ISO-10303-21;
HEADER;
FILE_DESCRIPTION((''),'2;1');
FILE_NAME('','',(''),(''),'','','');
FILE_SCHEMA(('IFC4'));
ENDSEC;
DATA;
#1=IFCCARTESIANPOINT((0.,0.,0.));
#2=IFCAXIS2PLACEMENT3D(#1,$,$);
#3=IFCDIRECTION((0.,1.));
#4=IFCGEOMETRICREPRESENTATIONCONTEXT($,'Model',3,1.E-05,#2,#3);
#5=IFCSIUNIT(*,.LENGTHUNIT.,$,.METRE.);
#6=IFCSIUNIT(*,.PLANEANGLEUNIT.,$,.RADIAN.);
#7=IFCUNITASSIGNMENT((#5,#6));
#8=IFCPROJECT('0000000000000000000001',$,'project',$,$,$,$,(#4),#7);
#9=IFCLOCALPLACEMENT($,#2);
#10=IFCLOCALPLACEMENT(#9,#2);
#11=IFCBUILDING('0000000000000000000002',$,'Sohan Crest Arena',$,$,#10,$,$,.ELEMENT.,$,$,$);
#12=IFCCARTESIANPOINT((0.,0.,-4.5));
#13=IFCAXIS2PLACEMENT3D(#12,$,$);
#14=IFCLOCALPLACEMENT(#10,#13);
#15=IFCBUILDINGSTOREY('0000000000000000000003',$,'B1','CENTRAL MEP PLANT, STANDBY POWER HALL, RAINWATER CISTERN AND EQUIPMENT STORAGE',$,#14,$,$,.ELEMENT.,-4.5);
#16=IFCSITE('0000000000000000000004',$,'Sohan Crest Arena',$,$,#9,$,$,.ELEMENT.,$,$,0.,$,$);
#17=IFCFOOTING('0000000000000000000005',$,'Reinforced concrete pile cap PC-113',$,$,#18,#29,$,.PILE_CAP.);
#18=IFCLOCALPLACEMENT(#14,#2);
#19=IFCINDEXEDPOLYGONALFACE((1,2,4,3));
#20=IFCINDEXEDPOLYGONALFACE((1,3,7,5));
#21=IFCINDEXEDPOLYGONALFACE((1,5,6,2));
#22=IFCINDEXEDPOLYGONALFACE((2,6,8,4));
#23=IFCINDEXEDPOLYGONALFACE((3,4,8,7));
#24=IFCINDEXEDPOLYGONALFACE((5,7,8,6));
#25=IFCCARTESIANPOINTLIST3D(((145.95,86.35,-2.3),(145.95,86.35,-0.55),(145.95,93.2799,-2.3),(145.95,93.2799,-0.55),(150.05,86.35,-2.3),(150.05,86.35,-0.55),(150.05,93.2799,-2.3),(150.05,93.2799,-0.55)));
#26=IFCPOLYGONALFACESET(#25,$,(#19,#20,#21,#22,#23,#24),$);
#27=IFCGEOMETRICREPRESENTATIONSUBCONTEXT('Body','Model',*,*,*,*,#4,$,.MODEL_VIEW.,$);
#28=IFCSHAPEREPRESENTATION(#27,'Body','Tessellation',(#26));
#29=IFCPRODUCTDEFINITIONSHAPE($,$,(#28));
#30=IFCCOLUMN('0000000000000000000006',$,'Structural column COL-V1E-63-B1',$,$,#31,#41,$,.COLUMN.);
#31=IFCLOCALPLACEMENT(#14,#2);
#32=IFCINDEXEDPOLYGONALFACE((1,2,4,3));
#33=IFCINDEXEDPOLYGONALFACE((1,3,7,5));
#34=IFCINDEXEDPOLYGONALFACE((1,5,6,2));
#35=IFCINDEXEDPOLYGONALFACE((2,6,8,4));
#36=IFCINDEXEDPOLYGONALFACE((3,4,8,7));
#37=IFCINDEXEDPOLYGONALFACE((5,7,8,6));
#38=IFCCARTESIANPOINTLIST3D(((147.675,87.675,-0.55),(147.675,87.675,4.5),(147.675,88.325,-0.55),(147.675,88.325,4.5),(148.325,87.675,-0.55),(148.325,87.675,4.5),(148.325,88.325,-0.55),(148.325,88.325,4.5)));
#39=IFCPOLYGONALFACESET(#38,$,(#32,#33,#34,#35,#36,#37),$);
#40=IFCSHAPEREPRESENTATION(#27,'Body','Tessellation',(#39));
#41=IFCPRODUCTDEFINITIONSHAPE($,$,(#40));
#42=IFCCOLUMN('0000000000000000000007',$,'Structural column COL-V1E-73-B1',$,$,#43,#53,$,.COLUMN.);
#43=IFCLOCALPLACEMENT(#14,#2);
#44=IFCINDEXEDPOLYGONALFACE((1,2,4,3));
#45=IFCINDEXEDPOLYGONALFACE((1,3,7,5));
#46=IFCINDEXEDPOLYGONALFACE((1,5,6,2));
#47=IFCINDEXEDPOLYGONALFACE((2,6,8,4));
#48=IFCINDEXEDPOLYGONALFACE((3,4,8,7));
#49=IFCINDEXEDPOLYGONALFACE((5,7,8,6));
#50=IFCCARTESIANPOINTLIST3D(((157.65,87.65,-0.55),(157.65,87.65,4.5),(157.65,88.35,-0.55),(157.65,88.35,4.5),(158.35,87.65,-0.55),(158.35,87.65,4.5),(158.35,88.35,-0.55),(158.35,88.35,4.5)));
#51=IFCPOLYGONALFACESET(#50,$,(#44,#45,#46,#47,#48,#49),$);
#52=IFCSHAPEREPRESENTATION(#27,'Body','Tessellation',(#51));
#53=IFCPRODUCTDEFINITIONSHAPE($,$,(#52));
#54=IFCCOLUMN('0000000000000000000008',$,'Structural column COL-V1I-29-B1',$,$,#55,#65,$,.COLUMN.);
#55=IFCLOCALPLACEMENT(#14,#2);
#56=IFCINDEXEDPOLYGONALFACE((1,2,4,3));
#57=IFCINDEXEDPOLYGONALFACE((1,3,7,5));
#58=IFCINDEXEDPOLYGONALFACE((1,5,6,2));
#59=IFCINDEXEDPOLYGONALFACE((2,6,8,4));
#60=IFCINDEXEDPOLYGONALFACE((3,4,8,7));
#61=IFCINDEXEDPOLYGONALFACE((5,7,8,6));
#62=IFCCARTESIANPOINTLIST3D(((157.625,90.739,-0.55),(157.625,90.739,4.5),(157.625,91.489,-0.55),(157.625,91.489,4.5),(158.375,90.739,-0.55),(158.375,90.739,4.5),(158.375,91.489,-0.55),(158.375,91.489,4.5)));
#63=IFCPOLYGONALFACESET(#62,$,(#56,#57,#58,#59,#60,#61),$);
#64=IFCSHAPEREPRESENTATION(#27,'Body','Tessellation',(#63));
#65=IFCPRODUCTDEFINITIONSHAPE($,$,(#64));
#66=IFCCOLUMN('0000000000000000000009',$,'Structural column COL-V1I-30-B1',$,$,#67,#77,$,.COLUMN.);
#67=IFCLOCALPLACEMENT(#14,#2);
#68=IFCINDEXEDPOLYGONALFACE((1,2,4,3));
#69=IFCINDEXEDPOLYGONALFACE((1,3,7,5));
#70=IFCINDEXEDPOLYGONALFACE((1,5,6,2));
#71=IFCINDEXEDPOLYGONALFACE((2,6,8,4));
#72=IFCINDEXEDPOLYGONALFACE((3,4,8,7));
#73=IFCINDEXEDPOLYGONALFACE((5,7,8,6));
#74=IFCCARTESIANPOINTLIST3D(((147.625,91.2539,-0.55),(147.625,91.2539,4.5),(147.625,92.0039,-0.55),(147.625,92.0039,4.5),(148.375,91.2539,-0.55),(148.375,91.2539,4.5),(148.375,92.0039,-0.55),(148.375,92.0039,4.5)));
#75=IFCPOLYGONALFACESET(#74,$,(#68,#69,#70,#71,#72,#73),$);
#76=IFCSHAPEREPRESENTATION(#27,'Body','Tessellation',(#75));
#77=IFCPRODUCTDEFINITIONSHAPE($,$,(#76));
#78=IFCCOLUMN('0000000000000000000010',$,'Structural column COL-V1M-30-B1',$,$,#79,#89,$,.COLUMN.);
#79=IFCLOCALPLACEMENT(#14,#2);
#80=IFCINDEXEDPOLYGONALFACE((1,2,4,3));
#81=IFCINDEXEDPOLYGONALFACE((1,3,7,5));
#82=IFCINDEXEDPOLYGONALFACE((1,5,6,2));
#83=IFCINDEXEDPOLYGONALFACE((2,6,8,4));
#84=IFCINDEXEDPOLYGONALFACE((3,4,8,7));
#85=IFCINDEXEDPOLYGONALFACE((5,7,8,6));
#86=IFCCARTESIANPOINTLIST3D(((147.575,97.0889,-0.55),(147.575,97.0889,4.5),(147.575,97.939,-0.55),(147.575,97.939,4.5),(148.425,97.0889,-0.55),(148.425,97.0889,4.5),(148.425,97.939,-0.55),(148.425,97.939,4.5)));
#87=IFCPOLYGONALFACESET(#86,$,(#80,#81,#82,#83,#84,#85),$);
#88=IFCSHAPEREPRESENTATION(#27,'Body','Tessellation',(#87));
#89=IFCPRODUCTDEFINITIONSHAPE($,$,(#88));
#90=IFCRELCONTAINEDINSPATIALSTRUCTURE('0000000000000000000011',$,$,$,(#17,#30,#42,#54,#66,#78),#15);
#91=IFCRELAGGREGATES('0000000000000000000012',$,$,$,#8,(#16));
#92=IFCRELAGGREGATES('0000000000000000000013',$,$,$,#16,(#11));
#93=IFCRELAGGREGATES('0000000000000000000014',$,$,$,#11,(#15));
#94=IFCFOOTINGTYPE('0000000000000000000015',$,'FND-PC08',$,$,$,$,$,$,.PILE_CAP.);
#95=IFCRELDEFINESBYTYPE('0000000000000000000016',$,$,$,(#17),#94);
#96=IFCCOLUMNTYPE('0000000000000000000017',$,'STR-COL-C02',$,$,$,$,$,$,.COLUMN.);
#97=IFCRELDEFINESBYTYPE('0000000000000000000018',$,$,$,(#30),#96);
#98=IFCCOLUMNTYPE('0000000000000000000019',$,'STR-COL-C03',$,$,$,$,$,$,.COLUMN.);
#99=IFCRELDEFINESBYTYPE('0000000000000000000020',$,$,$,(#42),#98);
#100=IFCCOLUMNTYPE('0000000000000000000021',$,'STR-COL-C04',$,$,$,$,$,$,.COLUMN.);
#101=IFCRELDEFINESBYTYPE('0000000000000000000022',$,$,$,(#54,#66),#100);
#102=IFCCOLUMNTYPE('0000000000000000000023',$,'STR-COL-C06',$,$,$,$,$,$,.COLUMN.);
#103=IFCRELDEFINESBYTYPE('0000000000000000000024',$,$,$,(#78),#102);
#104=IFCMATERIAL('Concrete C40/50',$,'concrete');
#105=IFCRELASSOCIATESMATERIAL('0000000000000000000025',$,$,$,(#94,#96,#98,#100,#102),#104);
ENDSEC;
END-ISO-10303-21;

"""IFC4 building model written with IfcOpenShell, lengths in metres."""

from ifc_helpers import new_model, si_unit, direction, frame, origin, origin_2d, place, context, subcontext, project, spatial, rectangle, extrude, material, material_profile, profile_set, type_object, element, save


model = new_model("IFC4")

# Units and contexts
model_context = context("Model", 3, precision=1e-05, world=origin(), true_north=direction((0.0, 1.0)))
body_context = subcontext(model_context, "Body", "Model", "MODEL_VIEW")
ifc_project = project(units=[si_unit("LENGTHUNIT", "METRE"), si_unit("PLANEANGLEUNIT", "RADIAN")], contexts=[model_context])

# Site, building, storey
site_placement = place(None, origin())
site = spatial("IfcSite", under=ifc_project, at=site_placement, Name="Sohan Crest Arena", CompositionType="ELEMENT", RefElevation=0.0)
building_placement = place(site_placement, origin())
building = spatial("IfcBuilding", under=site, at=building_placement, Name="Sohan Crest Arena", CompositionType="ELEMENT")
storey_placement = place(building_placement, frame((0.0, 0.0, -4.5)))
storey = spatial("IfcBuildingStorey", under=building, at=storey_placement, Name="B1", Description="CENTRAL MEP PLANT, STANDBY POWER HALL, RAINWATER CISTERN AND EQUIPMENT STORAGE", CompositionType="ELEMENT", Elevation=-4.5)

# Shared definitions
ifc_material = material(Name="Concrete C40/50", Category="concrete")

# Footing
footing_type_1 = type_object("IfcFootingType", Name="FND-PC08", PredefinedType="PILE_CAP", material=ifc_material)
footing_1_placement = place(storey_placement, frame((148.0, 89.8149, -2.3), z_axis=(0.0, 0.0, 1.0), x_axis=(0.0, 1.0, 0.0)))
element("IfcFooting", 1, at=footing_1_placement, inside=storey, type_object=footing_type_1, Name="Reinforced concrete pile cap PC-113", PredefinedType="PILE_CAP", context=body_context, shape_type="SweptSolid", body=[
    extrude(rectangle(XDim=6.9299, YDim=4.1001, at=origin_2d()), origin(), (0.0, 0.0, 1.0), 1.75),
])

# Columns
ifc_material_profile_1 = material_profile(ifc_material, rectangle(XDim=0.6499, YDim=0.6499, at=origin_2d()), Name="RC 650x650")
ifc_profile_set_1 = profile_set([ifc_material_profile_1], Name="Concrete C40/50")
column_type_1 = type_object("IfcColumnType", Name="STR-COL-C02", PredefinedType="COLUMN", material=ifc_profile_set_1)
column_1_placement = place(storey_placement, frame((148.0, 88.0, -0.55), z_axis=(0.0, 0.0, 1.0), x_axis=(1.0, 0.0, 0.0)))
element("IfcColumn", 2, at=column_1_placement, inside=storey, type_object=column_type_1, Name="Structural column COL-V1E-63-B1", PredefinedType="COLUMN", context=body_context, shape_type="SweptSolid", body=[
    extrude(rectangle(XDim=0.6499, YDim=0.6499, at=origin_2d()), origin(), (0.0, 0.0, 1.0), 5.05),
])
ifc_material_profile_2 = material_profile(ifc_material, rectangle(XDim=0.7, YDim=0.7, at=origin_2d()), Name="RC 700x700")
ifc_profile_set_2 = profile_set([ifc_material_profile_2], Name="Concrete C40/50")
column_type_2 = type_object("IfcColumnType", Name="STR-COL-C03", PredefinedType="COLUMN", material=ifc_profile_set_2)
column_2_placement = place(storey_placement, frame((158.0, 88.0, -0.55), z_axis=(0.0, 0.0, 1.0), x_axis=(1.0, 0.0, 0.0)))
element("IfcColumn", 3, at=column_2_placement, inside=storey, type_object=column_type_2, Name="Structural column COL-V1E-73-B1", PredefinedType="COLUMN", context=body_context, shape_type="SweptSolid", body=[
    extrude(rectangle(XDim=0.7, YDim=0.7, at=origin_2d()), origin(), (0.0, 0.0, 1.0), 5.05),
])
ifc_material_profile_3 = material_profile(ifc_material, rectangle(XDim=0.75, YDim=0.75, at=origin_2d()), Name="RC 750x750")
ifc_profile_set_3 = profile_set([ifc_material_profile_3], Name="Concrete C40/50")
column_type_3 = type_object("IfcColumnType", Name="STR-COL-C04", PredefinedType="COLUMN", material=ifc_profile_set_3)
for number, where, z_axis, x_axis, name in (
    (4, (158.0, 91.114, -0.55), (0.0, 0.0, 1.0), (1.0, 0.0, 0.0), "Structural column COL-V1I-29-B1"),
    (5, (148.0, 91.6289, -0.55), (0.0, 0.0, 1.0), (1.0, 0.0, 0.0), "Structural column COL-V1I-30-B1"),
):
    element("IfcColumn", number, at=place(storey_placement, frame(where, z_axis=z_axis, x_axis=x_axis)), inside=storey, type_object=column_type_3, Name=name, PredefinedType="COLUMN", context=body_context, shape_type="SweptSolid", body=[
        extrude(rectangle(XDim=0.75, YDim=0.75, at=origin_2d()), origin(), (0.0, 0.0, 1.0), 5.05),
    ])
ifc_material_profile_4 = material_profile(ifc_material, rectangle(XDim=0.8501, YDim=0.8501, at=origin_2d()), Name="RC 850x850")
ifc_profile_set_4 = profile_set([ifc_material_profile_4], Name="Concrete C40/50")
column_type_4 = type_object("IfcColumnType", Name="STR-COL-C06", PredefinedType="COLUMN", material=ifc_profile_set_4)
column_3_placement = place(storey_placement, frame((148.0, 97.5139, -0.55), z_axis=(0.0, 0.0, 1.0), x_axis=(1.0, 0.0, 0.0)))
element("IfcColumn", 6, at=column_3_placement, inside=storey, type_object=column_type_4, Name="Structural column COL-V1M-30-B1", PredefinedType="COLUMN", context=body_context, shape_type="SweptSolid", body=[
    extrude(rectangle(XDim=0.8501, YDim=0.8501, at=origin_2d()), origin(), (0.0, 0.0, 1.0), 5.05),
])

save(model, "model.ifc")
